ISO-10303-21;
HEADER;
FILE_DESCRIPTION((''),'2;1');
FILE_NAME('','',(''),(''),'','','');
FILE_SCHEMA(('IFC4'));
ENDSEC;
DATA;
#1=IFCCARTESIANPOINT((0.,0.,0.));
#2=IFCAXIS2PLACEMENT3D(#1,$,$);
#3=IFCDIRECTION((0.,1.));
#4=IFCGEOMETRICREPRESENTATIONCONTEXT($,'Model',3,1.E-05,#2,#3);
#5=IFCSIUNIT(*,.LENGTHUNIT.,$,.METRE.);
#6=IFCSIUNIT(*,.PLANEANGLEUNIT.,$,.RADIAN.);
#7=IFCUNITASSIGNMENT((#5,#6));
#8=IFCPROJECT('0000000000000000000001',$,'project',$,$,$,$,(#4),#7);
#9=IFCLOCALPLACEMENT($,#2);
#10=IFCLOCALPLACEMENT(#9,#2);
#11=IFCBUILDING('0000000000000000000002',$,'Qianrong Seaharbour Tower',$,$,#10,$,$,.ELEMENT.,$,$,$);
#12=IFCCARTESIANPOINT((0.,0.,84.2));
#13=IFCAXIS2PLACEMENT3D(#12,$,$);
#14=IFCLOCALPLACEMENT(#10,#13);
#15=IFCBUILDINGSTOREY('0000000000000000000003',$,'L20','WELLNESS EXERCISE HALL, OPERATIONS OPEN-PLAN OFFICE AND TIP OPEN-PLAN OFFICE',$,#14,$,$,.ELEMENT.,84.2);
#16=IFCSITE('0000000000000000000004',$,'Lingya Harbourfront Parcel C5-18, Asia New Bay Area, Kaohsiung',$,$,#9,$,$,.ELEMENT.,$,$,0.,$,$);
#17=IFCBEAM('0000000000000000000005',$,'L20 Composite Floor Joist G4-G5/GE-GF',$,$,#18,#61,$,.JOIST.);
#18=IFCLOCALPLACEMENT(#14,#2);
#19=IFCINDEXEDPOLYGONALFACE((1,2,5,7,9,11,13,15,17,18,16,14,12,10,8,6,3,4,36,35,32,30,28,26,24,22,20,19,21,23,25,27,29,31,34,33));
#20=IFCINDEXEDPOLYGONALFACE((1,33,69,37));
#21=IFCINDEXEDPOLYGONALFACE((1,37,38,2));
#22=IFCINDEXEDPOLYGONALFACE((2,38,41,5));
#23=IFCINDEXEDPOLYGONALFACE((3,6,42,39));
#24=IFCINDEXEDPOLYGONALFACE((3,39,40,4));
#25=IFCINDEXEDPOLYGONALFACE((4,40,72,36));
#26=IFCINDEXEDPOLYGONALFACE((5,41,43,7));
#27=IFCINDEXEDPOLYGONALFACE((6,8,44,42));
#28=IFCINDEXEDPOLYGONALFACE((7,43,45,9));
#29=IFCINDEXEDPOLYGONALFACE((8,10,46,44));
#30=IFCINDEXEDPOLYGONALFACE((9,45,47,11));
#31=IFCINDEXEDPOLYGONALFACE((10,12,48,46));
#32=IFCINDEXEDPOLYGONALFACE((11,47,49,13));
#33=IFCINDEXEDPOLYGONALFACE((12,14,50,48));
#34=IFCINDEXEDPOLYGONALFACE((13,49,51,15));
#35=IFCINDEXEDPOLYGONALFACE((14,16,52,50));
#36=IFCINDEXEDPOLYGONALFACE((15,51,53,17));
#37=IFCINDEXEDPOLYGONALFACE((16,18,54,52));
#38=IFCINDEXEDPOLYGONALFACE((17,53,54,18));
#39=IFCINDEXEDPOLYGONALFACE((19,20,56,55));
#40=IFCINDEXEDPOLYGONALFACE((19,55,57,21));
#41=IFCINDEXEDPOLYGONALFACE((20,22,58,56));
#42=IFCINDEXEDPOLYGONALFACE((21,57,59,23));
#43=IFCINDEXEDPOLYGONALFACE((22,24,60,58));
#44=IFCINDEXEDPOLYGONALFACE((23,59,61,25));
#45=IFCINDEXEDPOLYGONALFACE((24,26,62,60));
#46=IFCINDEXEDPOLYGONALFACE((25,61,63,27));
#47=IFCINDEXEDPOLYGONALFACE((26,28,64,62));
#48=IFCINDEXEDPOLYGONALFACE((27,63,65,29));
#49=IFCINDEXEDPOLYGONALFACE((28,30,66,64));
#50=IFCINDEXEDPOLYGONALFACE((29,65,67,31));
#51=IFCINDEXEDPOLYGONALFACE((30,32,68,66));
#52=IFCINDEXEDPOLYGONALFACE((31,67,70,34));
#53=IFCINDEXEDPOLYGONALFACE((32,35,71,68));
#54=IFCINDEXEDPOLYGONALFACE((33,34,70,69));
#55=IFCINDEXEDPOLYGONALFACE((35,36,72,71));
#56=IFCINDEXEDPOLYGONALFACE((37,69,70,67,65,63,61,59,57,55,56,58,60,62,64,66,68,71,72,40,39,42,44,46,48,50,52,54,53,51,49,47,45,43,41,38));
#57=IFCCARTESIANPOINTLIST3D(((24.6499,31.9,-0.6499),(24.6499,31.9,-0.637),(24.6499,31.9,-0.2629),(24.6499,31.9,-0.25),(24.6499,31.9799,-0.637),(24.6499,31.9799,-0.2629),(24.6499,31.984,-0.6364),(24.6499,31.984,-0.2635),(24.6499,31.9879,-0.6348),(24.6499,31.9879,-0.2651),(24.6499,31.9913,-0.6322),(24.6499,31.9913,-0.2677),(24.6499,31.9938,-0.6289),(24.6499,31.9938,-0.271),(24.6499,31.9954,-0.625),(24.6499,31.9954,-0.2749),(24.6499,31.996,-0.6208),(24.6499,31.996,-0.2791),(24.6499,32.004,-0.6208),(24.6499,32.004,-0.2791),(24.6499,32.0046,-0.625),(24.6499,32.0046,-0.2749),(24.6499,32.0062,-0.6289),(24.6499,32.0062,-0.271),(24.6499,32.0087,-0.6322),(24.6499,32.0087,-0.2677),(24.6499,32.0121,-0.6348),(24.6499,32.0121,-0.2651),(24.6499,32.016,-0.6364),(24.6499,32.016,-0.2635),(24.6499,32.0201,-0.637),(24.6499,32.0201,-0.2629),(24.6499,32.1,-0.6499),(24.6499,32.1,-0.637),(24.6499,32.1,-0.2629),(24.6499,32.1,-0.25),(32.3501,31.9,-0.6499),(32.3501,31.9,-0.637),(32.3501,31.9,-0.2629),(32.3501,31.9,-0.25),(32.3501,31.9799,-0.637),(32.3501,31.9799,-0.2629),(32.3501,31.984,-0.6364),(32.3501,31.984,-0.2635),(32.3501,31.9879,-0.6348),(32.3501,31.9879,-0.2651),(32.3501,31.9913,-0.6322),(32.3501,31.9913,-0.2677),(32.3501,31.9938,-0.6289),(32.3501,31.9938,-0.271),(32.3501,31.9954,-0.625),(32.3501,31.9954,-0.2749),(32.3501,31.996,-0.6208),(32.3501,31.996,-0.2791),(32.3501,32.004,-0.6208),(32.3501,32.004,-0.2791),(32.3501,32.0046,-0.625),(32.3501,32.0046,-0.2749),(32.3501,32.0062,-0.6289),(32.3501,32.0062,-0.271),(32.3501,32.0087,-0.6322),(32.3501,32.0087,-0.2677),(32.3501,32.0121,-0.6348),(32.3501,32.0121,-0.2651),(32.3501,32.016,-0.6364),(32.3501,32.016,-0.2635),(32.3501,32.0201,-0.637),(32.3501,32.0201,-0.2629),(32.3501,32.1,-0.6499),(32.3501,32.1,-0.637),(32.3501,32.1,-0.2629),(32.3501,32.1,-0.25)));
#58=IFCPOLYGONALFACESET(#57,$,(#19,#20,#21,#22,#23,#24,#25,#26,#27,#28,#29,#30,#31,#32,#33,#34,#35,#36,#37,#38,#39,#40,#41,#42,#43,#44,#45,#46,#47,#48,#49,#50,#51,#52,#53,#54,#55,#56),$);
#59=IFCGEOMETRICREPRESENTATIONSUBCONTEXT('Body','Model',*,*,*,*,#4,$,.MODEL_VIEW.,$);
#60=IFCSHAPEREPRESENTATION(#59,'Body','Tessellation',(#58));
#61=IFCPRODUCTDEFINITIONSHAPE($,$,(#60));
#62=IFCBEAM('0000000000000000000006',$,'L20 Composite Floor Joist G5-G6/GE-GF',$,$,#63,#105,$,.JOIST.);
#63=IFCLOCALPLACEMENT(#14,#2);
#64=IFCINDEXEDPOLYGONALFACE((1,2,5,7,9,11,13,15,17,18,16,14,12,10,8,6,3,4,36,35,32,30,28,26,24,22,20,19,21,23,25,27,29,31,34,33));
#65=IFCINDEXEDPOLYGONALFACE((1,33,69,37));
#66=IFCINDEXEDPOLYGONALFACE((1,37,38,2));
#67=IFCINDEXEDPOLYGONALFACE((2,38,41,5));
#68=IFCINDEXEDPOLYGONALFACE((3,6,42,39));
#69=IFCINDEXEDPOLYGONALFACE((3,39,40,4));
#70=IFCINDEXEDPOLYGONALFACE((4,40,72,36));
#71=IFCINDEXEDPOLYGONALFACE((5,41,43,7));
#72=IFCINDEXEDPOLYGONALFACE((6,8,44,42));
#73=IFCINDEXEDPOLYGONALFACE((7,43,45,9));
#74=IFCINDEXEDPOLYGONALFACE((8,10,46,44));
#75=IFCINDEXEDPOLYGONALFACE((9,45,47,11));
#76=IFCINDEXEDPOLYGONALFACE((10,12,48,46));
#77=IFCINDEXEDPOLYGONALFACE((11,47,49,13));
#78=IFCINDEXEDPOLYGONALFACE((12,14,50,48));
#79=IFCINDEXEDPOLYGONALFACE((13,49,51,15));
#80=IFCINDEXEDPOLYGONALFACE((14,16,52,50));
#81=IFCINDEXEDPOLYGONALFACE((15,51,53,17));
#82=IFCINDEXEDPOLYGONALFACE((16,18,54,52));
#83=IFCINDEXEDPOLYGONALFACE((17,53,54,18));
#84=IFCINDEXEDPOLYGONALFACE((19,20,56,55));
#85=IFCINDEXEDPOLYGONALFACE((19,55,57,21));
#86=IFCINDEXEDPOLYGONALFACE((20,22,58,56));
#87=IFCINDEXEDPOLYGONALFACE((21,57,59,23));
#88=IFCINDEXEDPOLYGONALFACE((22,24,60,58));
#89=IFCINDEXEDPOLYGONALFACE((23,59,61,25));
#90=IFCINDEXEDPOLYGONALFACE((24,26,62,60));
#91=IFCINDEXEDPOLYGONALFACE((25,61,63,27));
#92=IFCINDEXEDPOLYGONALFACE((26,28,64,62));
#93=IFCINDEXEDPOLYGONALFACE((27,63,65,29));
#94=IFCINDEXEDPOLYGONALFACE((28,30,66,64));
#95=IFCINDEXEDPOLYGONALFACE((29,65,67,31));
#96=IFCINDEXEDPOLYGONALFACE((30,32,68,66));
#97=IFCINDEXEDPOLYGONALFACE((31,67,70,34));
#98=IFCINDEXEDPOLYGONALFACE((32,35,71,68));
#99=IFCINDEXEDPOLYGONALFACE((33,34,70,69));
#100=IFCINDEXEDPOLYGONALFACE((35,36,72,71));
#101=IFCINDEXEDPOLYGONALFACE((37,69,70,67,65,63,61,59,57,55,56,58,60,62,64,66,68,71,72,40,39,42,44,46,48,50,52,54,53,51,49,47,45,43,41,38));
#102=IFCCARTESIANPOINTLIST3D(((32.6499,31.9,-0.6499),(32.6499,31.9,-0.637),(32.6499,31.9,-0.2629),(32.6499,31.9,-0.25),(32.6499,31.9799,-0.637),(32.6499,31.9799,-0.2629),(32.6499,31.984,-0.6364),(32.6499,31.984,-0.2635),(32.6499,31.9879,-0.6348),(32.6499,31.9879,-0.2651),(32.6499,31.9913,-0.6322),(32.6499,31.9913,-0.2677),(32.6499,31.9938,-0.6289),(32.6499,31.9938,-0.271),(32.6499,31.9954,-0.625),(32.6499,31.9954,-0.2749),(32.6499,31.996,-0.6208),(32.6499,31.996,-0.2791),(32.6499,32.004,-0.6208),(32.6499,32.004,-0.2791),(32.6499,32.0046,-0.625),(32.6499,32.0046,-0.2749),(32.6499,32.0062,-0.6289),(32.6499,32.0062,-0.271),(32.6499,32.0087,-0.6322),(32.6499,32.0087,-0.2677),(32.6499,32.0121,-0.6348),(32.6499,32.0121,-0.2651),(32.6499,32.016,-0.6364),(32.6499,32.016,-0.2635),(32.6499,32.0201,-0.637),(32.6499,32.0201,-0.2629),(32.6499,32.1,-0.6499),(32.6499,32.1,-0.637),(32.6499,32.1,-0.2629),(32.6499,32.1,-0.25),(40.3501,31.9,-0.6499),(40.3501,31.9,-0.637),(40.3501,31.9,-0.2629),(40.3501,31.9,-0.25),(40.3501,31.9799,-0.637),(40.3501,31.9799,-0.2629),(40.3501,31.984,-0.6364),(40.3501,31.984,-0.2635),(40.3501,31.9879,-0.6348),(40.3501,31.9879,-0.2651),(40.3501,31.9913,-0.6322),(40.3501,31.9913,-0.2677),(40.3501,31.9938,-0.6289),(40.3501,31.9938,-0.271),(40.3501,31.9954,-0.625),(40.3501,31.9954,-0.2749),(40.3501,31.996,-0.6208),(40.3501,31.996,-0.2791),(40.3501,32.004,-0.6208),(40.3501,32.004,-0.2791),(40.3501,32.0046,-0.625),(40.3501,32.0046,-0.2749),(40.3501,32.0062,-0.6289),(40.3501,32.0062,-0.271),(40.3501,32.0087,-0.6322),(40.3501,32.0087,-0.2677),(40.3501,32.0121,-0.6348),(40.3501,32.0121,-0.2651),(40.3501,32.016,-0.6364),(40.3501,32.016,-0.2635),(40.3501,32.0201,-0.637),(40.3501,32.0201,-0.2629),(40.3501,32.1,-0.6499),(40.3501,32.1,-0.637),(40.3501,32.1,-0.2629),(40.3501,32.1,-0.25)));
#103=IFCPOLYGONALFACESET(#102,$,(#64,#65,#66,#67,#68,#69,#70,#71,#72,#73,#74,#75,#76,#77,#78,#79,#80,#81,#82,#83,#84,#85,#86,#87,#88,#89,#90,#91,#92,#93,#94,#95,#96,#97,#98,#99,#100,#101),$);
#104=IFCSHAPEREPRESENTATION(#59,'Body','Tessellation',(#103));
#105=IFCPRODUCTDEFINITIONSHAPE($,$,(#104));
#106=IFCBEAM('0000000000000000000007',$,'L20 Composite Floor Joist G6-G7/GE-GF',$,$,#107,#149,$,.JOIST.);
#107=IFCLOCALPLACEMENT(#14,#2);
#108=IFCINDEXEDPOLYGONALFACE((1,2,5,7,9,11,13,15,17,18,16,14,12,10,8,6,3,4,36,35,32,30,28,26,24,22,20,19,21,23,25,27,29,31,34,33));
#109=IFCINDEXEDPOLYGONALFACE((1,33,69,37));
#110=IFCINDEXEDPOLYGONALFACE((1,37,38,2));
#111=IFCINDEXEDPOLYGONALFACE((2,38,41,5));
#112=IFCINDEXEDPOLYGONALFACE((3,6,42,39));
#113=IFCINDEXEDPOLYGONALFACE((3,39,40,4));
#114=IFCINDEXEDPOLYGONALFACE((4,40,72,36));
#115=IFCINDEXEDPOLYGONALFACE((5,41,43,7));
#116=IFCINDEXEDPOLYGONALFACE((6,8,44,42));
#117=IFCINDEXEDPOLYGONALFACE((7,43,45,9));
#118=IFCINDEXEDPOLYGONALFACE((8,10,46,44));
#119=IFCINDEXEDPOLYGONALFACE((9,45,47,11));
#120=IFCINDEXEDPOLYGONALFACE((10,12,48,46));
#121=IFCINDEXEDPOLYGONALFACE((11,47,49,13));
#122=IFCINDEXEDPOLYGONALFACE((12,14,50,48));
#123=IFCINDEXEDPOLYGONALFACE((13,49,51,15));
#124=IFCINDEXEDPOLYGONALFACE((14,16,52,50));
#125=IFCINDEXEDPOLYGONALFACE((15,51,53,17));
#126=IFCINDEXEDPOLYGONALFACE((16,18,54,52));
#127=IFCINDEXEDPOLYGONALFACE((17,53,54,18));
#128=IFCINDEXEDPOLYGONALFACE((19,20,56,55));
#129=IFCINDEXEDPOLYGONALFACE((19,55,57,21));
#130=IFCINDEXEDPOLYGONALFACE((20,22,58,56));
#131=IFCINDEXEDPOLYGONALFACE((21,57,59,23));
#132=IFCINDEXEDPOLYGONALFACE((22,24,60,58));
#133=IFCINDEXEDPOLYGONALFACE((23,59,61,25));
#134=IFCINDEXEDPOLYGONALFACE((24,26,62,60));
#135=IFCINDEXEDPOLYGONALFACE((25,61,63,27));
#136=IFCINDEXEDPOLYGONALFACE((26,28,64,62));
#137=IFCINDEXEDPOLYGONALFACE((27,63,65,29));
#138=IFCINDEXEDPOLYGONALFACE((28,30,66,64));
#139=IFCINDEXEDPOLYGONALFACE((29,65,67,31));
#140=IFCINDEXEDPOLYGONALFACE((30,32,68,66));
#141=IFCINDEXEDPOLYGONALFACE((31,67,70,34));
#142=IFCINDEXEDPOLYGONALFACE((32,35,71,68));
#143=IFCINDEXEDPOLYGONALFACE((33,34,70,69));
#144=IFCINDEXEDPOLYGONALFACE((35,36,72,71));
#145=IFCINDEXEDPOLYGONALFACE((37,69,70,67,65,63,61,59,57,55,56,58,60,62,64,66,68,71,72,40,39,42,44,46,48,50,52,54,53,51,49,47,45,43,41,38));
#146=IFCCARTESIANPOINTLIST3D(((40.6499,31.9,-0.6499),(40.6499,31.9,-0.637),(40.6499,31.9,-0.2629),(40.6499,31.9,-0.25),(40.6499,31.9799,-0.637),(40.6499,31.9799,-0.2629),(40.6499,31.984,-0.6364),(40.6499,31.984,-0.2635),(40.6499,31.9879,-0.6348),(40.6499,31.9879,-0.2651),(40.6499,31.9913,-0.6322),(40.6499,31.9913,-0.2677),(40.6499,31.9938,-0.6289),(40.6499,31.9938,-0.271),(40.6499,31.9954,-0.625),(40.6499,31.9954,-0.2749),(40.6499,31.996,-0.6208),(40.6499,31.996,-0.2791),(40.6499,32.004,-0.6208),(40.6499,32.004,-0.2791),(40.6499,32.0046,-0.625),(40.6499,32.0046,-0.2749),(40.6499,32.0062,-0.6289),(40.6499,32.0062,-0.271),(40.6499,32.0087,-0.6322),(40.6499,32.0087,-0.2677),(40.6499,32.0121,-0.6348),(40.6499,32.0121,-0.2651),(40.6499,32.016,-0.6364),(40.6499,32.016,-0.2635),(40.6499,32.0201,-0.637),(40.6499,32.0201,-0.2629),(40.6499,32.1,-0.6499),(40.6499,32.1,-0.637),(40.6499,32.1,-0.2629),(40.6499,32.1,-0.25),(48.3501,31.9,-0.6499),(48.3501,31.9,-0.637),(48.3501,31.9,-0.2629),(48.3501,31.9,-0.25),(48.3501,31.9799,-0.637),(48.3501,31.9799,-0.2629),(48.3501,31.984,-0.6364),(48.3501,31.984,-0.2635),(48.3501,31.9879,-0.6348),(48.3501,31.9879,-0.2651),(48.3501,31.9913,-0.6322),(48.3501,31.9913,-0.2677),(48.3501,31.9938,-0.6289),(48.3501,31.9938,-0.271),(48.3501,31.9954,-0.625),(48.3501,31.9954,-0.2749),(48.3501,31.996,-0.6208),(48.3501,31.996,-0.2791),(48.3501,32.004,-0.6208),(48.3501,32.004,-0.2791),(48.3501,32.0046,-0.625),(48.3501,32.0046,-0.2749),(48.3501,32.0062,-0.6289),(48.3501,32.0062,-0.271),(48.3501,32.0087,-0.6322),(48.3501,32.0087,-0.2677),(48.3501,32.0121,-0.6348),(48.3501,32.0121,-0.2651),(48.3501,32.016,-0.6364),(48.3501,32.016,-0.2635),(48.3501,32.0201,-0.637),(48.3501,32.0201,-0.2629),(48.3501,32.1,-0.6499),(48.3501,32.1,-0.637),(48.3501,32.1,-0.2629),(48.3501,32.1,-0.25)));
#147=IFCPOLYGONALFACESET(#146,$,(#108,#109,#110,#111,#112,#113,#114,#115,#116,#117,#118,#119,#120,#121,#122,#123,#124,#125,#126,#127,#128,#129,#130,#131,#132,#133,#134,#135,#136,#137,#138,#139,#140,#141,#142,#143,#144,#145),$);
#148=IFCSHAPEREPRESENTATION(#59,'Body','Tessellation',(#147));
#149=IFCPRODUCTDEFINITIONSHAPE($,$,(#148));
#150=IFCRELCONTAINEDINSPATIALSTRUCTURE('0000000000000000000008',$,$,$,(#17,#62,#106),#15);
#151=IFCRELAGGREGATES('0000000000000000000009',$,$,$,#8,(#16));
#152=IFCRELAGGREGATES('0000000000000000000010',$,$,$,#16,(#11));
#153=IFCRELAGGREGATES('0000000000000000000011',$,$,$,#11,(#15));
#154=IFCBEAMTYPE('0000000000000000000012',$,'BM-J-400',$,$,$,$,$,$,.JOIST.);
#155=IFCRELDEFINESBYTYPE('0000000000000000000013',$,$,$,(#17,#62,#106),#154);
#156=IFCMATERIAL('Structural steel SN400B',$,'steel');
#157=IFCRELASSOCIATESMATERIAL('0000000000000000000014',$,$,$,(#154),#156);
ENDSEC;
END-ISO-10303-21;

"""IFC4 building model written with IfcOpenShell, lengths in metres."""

from ifc_helpers import new_model, si_unit, direction, frame, origin, origin_2d, place, context, subcontext, project, spatial, i_section, extrude, material, material_profile, profile_set, type_object, element, save


model = new_model("IFC4")

# Units and contexts
model_context = context("Model", 3, precision=1e-05, world=origin(), true_north=direction((0.0, 1.0)))
body_context = subcontext(model_context, "Body", "Model", "MODEL_VIEW")
ifc_project = project(units=[si_unit("LENGTHUNIT", "METRE"), si_unit("PLANEANGLEUNIT", "RADIAN")], contexts=[model_context])

# Site, building, storey
site_placement = place(None, origin())
site = spatial("IfcSite", under=ifc_project, at=site_placement, Name="Lingya Harbourfront Parcel C5-18, Asia New Bay Area, Kaohsiung", CompositionType="ELEMENT", RefElevation=0.0)
building_placement = place(site_placement, origin())
building = spatial("IfcBuilding", under=site, at=building_placement, Name="Qianrong Seaharbour Tower", CompositionType="ELEMENT")
storey_placement = place(building_placement, frame((0.0, 0.0, 84.2)))
storey = spatial("IfcBuildingStorey", under=building, at=storey_placement, Name="L20", Description="WELLNESS EXERCISE HALL, OPERATIONS OPEN-PLAN OFFICE AND TIP OPEN-PLAN OFFICE", CompositionType="ELEMENT", Elevation=84.2)

# Beams
ifc_material_1 = material(Name="Structural steel SN400B", Category="steel")
ifc_material_profile_1 = material_profile(ifc_material_1, i_section(OverallWidth=0.2, OverallDepth=0.3999, WebThickness=0.0081, FlangeThickness=0.0129, FilletRadius=0.0161, at=origin_2d()), Name="H400x200x8x13")
ifc_profile_set_1 = profile_set([ifc_material_profile_1], Name="Structural steel SN400B")
beam_type_1 = type_object("IfcBeamType", Name="BM-J-400", PredefinedType="JOIST", material=ifc_profile_set_1)
for number, where, z_axis, x_axis, name in (
    (1, (24.6499, 32.0, -0.45), (1.0, 0.0, 0.0), (0.0, 1.0, 0.0), "L20 Composite Floor Joist G4-G5/GE-GF"),
    (2, (32.6499, 32.0, -0.45), (1.0, 0.0, 0.0), (0.0, 1.0, 0.0), "L20 Composite Floor Joist G5-G6/GE-GF"),
    (3, (40.6499, 32.0, -0.45), (1.0, 0.0, 0.0), (0.0, 1.0, 0.0), "L20 Composite Floor Joist G6-G7/GE-GF"),
):
    element("IfcBeam", number, at=place(storey_placement, frame(where, z_axis=z_axis, x_axis=x_axis)), inside=storey, type_object=beam_type_1, Name=name, PredefinedType="JOIST", context=body_context, shape_type="SweptSolid", body=[
        extrude(i_section(OverallWidth=0.2, OverallDepth=0.3999, WebThickness=0.0081, FlangeThickness=0.0129, FilletRadius=0.0161, at=origin_2d()), origin(), (0.0, 0.0, 1.0), 7.7002),
    ])

save(model, "model.ifc")
